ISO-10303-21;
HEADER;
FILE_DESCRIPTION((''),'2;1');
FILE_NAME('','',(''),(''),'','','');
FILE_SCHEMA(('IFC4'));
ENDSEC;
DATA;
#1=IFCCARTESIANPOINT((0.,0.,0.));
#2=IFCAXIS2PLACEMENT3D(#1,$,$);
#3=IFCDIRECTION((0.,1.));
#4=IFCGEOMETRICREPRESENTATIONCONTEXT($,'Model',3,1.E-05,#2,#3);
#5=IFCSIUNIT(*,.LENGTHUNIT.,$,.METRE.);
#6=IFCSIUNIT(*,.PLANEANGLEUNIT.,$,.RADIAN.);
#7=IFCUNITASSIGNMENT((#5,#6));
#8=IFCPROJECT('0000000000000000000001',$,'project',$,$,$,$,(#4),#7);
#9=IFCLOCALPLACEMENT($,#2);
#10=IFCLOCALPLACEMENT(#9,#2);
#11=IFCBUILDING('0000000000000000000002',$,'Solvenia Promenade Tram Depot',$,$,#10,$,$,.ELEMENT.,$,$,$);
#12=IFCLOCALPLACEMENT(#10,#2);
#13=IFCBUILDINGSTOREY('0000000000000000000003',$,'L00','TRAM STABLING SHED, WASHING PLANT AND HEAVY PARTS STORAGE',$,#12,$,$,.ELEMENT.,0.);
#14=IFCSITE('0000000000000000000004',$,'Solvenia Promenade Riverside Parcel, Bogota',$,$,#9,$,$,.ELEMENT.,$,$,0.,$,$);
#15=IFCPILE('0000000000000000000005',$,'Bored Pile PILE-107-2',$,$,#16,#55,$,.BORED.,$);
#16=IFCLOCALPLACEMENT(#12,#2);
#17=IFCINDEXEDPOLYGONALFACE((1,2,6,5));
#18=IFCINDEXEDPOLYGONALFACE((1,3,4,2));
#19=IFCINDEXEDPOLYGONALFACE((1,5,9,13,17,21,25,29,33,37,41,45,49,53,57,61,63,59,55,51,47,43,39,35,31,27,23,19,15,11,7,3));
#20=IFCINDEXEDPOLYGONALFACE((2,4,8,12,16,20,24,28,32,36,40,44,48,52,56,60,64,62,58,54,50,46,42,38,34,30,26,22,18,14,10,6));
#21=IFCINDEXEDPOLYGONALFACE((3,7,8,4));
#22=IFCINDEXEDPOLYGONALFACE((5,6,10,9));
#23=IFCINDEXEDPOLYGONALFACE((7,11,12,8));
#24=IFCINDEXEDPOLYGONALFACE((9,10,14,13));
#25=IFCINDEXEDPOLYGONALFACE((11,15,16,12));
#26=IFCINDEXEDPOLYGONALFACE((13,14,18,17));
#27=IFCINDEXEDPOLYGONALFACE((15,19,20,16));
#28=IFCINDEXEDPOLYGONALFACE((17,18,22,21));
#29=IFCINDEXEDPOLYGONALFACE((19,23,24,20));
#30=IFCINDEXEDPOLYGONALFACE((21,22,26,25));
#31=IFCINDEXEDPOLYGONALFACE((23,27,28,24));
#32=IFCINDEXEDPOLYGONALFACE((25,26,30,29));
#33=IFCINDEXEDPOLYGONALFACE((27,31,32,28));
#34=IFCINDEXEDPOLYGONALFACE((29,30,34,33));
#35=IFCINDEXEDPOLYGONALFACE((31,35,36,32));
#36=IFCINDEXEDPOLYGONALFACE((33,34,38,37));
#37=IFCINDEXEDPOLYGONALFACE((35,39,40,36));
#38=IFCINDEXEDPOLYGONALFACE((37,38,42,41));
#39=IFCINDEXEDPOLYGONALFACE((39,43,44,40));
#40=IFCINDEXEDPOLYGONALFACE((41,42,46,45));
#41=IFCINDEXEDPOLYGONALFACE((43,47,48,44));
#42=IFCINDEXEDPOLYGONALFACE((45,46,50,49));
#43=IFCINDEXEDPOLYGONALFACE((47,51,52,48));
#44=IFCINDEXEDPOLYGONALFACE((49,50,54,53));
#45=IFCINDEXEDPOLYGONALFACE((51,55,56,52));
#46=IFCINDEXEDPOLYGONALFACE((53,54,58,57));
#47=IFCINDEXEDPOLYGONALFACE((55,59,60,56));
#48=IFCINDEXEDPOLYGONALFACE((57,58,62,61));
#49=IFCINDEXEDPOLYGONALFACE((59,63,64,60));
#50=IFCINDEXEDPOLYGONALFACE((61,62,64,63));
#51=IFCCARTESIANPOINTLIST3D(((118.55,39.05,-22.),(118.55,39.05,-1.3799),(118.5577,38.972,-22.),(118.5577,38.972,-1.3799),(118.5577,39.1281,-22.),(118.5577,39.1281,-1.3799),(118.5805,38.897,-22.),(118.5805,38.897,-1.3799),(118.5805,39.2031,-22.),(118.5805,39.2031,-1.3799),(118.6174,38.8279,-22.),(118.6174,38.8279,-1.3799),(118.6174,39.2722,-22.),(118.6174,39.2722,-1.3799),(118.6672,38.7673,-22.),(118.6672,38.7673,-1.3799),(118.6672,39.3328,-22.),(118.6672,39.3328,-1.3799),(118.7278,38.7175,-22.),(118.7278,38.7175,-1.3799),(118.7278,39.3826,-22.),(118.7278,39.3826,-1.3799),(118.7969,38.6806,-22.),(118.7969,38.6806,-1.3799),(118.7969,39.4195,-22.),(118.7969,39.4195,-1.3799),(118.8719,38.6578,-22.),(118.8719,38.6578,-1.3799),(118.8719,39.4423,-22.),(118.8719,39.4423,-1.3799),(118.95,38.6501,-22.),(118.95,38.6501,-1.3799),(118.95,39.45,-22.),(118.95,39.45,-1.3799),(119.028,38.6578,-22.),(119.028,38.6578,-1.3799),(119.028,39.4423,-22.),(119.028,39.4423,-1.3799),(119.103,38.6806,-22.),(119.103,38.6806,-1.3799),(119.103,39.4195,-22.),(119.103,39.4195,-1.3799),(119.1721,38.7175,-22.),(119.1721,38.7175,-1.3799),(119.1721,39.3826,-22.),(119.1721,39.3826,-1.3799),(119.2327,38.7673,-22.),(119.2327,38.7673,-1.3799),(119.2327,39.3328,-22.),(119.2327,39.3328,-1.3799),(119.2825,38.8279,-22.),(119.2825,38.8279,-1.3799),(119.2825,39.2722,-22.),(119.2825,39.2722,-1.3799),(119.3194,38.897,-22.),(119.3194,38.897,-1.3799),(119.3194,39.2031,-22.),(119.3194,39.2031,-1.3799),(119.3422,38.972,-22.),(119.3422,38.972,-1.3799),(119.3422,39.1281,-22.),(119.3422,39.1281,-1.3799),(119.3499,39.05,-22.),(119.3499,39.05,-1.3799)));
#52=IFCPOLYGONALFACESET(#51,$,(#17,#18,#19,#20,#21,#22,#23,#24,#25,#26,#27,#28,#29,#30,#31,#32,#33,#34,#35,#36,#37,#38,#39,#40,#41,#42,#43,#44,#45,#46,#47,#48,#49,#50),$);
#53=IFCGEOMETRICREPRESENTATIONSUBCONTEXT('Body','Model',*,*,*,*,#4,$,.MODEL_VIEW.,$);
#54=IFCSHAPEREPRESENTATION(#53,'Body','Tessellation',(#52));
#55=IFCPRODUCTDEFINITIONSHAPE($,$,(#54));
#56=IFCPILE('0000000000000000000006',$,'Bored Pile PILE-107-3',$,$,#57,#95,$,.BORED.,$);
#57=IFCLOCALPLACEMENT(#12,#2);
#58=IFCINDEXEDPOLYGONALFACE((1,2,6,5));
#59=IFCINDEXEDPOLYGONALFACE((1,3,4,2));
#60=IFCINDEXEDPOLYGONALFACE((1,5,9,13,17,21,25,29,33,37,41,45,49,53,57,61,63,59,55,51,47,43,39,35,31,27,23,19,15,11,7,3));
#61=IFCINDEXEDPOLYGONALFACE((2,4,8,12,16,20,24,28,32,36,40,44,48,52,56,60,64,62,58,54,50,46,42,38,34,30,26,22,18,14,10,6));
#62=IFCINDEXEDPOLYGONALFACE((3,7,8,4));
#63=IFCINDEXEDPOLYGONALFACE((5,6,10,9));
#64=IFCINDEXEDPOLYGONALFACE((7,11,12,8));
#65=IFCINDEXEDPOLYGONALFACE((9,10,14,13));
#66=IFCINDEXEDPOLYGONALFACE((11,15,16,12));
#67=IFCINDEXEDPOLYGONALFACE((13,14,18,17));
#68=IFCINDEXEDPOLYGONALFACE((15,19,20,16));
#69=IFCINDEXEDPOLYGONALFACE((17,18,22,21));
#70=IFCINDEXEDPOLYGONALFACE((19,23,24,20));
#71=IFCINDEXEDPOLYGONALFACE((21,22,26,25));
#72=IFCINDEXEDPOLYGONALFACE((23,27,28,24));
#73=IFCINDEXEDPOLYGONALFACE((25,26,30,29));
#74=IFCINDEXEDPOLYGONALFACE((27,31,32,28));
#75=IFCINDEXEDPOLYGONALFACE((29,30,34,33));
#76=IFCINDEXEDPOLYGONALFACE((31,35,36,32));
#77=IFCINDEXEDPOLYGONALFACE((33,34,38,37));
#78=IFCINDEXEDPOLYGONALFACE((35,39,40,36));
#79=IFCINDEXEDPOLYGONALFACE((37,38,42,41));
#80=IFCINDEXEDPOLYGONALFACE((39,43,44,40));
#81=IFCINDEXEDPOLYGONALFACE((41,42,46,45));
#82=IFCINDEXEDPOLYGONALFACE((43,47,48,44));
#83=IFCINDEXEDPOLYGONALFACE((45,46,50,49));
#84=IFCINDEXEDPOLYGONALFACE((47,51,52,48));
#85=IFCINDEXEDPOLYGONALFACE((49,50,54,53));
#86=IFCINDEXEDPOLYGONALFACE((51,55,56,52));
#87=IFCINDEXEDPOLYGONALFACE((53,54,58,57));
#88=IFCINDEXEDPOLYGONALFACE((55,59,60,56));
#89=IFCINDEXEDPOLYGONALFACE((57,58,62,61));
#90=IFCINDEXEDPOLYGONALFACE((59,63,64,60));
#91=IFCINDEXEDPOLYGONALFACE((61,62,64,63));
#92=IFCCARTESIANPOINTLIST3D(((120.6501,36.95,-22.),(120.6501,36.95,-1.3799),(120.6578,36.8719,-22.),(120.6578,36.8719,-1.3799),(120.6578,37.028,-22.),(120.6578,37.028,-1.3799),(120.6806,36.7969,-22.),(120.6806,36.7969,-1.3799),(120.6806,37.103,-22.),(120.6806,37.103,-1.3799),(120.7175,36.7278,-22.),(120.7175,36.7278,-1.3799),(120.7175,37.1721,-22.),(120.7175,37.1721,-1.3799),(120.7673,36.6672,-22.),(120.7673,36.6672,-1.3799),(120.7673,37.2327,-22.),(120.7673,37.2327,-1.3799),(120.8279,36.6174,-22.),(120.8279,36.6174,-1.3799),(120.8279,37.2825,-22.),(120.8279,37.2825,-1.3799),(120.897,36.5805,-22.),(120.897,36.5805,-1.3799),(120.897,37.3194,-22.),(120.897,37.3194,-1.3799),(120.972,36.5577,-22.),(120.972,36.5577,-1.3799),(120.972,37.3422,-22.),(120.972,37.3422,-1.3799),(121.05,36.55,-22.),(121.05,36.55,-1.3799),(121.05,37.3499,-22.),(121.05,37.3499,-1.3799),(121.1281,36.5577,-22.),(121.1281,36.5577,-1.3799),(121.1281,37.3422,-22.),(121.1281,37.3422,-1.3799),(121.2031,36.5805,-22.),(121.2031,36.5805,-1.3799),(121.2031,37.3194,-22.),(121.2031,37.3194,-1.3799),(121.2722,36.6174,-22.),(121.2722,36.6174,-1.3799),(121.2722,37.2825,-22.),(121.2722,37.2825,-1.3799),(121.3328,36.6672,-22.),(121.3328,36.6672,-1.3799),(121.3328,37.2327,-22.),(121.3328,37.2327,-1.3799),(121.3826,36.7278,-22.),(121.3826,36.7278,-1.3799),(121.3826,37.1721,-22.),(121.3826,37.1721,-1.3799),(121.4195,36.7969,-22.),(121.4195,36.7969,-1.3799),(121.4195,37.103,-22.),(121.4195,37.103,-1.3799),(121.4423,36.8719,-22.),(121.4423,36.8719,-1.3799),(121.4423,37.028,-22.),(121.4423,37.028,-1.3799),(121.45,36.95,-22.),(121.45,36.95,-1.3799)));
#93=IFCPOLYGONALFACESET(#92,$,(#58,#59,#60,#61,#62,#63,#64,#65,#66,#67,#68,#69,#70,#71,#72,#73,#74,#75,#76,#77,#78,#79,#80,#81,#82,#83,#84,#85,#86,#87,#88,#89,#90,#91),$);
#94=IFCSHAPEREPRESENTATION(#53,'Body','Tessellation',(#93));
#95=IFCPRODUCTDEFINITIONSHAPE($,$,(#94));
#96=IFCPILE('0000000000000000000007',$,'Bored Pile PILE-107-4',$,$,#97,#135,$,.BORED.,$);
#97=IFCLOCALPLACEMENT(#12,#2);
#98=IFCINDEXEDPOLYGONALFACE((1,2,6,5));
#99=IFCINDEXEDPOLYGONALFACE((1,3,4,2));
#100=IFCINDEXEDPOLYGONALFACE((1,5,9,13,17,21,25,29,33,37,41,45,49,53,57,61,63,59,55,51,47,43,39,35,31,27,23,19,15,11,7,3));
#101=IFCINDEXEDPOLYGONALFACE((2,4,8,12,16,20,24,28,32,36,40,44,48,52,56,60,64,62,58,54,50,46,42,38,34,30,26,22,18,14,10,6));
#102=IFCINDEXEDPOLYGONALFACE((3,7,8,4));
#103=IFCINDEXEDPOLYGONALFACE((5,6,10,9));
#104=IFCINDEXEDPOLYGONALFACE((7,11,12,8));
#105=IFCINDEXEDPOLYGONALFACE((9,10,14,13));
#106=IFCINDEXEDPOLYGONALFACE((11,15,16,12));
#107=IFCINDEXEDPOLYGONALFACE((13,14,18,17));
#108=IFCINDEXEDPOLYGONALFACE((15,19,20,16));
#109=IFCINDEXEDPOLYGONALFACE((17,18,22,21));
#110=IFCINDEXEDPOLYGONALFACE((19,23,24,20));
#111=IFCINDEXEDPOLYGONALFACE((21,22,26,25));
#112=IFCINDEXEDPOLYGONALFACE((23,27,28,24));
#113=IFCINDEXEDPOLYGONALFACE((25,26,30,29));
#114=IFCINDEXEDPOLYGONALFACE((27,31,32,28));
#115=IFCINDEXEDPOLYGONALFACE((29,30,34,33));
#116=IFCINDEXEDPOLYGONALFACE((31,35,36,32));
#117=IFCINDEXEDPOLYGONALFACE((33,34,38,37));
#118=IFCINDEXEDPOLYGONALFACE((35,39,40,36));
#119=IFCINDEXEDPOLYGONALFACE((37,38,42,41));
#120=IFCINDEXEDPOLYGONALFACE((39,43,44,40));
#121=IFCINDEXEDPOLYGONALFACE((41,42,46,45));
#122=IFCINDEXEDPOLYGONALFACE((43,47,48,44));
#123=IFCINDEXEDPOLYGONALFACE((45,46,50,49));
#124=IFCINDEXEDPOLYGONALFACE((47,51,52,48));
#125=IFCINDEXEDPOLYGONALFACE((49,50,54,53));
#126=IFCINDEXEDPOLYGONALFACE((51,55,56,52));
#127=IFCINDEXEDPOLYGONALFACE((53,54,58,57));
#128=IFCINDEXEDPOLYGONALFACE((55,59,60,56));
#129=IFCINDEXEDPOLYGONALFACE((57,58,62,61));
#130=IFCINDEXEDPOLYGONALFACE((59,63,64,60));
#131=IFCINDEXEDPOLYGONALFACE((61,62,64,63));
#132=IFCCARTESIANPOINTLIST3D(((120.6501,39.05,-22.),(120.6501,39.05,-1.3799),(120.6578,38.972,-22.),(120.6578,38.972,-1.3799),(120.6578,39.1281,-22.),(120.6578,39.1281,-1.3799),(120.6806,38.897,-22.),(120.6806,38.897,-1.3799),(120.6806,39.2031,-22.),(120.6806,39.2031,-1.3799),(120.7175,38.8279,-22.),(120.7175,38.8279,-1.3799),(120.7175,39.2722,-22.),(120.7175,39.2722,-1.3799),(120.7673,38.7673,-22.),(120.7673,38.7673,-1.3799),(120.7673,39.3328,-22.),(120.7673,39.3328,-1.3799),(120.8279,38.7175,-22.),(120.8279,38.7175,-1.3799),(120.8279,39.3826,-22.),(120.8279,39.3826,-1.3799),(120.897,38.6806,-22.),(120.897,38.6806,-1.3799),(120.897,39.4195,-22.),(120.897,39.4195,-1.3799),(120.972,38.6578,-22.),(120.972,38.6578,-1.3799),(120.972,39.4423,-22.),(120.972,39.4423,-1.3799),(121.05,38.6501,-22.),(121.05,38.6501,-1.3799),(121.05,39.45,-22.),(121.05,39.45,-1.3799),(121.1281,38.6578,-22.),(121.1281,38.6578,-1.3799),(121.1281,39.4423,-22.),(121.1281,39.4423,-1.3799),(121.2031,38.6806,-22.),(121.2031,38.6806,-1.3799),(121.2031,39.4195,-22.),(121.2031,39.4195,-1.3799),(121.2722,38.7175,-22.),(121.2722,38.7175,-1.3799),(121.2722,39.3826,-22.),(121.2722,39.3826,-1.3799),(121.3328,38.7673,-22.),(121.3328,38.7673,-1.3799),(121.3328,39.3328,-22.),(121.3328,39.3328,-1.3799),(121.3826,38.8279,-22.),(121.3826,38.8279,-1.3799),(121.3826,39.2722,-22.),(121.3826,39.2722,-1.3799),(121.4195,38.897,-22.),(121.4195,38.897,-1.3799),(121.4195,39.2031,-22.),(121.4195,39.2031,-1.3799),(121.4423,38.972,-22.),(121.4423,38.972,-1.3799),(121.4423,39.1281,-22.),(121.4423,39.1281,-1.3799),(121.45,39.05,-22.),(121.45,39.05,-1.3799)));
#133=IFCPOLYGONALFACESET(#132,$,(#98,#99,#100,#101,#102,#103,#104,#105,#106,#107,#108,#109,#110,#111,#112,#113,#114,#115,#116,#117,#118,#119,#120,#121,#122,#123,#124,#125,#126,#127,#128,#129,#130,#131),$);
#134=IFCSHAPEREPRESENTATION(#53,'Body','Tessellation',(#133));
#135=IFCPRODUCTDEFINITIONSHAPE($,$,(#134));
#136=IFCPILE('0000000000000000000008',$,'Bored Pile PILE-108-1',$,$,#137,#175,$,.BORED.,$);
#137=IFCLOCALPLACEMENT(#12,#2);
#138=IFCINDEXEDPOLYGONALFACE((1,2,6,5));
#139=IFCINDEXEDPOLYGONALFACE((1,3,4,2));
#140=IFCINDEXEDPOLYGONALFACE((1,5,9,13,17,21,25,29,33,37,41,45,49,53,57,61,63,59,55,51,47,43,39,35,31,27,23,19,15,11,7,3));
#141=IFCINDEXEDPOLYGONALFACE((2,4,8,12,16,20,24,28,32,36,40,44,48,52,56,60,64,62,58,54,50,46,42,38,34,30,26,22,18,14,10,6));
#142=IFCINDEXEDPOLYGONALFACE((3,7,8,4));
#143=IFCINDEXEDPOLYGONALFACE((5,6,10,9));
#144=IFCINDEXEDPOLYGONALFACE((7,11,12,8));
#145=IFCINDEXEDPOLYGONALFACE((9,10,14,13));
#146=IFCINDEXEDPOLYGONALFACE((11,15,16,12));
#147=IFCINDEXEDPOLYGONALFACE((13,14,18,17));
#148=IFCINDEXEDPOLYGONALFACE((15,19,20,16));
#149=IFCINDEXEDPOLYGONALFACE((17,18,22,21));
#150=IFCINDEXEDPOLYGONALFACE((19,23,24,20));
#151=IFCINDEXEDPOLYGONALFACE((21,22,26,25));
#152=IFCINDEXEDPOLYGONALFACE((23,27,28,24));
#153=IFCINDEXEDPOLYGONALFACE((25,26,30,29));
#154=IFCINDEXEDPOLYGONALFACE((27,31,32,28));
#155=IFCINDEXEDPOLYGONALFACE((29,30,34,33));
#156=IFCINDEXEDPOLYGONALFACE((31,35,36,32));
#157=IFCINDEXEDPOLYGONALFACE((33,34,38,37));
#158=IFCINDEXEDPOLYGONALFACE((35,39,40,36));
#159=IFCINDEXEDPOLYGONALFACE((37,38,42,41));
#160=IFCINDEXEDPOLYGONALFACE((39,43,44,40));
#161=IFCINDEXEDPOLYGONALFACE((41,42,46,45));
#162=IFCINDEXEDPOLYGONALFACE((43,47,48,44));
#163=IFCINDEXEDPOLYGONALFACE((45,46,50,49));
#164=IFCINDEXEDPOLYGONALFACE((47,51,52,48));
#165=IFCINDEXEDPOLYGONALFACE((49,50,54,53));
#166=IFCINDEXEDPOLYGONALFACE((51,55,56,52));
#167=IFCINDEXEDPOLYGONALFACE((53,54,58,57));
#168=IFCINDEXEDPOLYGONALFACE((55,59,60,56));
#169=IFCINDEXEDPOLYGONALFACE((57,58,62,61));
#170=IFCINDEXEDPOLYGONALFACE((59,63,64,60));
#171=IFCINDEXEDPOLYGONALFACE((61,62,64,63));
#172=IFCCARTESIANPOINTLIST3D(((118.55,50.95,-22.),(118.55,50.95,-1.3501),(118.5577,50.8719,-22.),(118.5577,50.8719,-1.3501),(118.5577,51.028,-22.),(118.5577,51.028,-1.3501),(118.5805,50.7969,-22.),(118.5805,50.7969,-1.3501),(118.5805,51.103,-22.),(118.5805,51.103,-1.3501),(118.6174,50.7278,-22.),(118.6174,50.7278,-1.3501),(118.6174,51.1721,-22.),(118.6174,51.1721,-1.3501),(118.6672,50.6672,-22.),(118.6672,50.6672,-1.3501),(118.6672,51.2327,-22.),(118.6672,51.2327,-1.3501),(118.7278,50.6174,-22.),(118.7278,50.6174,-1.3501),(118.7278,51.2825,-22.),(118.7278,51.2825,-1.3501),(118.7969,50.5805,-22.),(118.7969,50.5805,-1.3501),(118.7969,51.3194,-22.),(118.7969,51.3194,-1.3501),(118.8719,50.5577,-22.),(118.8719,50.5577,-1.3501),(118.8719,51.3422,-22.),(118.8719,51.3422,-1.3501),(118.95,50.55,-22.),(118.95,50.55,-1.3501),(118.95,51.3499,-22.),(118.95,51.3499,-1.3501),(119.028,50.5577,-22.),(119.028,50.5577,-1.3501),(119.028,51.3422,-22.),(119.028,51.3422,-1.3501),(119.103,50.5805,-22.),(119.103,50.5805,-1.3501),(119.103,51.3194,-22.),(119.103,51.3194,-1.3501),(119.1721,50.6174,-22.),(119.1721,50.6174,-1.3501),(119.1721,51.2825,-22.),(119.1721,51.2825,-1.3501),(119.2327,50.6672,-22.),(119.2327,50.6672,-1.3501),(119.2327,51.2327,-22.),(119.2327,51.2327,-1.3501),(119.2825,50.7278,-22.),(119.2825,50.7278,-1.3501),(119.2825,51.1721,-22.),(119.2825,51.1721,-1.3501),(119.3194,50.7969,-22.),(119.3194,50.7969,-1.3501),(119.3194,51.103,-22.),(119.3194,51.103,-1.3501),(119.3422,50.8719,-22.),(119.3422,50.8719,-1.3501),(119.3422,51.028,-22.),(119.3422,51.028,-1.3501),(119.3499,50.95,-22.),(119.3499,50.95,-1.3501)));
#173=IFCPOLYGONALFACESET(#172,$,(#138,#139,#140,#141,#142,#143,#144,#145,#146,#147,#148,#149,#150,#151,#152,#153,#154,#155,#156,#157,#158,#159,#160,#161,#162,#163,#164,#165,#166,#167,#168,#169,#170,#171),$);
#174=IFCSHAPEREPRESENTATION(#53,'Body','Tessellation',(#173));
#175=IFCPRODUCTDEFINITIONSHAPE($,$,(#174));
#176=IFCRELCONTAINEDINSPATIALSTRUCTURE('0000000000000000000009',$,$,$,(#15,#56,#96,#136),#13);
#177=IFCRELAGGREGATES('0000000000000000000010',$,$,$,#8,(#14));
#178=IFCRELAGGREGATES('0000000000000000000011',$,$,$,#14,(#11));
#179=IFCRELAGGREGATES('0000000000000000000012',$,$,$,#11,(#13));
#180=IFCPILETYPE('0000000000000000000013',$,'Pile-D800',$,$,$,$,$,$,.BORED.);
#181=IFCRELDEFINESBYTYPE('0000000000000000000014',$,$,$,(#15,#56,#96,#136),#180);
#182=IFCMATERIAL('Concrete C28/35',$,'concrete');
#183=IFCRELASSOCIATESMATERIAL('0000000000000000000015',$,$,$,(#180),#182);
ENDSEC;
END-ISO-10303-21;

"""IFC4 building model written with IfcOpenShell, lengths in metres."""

from ifc_helpers import new_model, si_unit, direction, frame, origin, origin_2d, place, context, subcontext, project, spatial, circle, extrude, material, material_profile, profile_set, type_object, element, save


model = new_model("IFC4")

# Units and contexts
model_context = context("Model", 3, precision=1e-05, world=origin(), true_north=direction((0.0, 1.0)))
body_context = subcontext(model_context, "Body", "Model", "MODEL_VIEW")
ifc_project = project(units=[si_unit("LENGTHUNIT", "METRE"), si_unit("PLANEANGLEUNIT", "RADIAN")], contexts=[model_context])

# Site, building, storey
site_placement = place(None, origin())
site = spatial("IfcSite", under=ifc_project, at=site_placement, Name="Solvenia Promenade Riverside Parcel, Bogota", CompositionType="ELEMENT", RefElevation=0.0)
building_placement = place(site_placement, origin())
building = spatial("IfcBuilding", under=site, at=building_placement, Name="Solvenia Promenade Tram Depot", CompositionType="ELEMENT")
storey_placement = place(building_placement, origin())
storey = spatial("IfcBuildingStorey", under=building, at=storey_placement, Name="L00", Description="TRAM STABLING SHED, WASHING PLANT AND HEAVY PARTS STORAGE", CompositionType="ELEMENT", Elevation=0.0)

# Shared definitions
ifc_material_1 = material(Name="Concrete C28/35", Category="concrete")

# Piles
ifc_material_profile_1 = material_profile(ifc_material_1, circle(Radius=0.3999, at=origin_2d()), Name="D800", Category="concrete")
ifc_profile_set_1 = profile_set([ifc_material_profile_1], Name="Concrete C28/35")
pile_type_1 = type_object("IfcPileType", Name="Pile-D800", PredefinedType="BORED", material=ifc_profile_set_1)
for number, where, z_axis, x_axis, name in (
    (1, (118.95, 39.05, -1.3799), (0.0, 0.0, -1.0), (1.0, 0.0, 0.0), "Bored Pile PILE-107-2"),
    (2, (121.05, 36.95, -1.3799), (0.0, 0.0, -1.0), (1.0, 0.0, 0.0), "Bored Pile PILE-107-3"),
    (3, (121.05, 39.05, -1.3799), (0.0, 0.0, -1.0), (1.0, 0.0, 0.0), "Bored Pile PILE-107-4"),
):
    element("IfcPile", number, at=place(storey_placement, frame(where, z_axis=z_axis, x_axis=x_axis)), inside=storey, type_object=pile_type_1, Name=name, PredefinedType="BORED", context=body_context, shape_type="SweptSolid", body=[
        extrude(circle(Radius=0.3999, at=origin_2d()), origin(), (0.0, 0.0, 1.0), 20.6201),
    ])
for number, where, z_axis, x_axis, name in (
    (4, (118.95, 50.95, -1.3501), (0.0, 0.0, -1.0), (1.0, 0.0, 0.0), "Bored Pile PILE-108-1"),
):
    element("IfcPile", number, at=place(storey_placement, frame(where, z_axis=z_axis, x_axis=x_axis)), inside=storey, type_object=pile_type_1, Name=name, PredefinedType="BORED", context=body_context, shape_type="SweptSolid", body=[
        extrude(circle(Radius=0.3999, at=origin_2d()), origin(), (0.0, 0.0, 1.0), 20.6499),
    ])

save(model, "model.ifc")
